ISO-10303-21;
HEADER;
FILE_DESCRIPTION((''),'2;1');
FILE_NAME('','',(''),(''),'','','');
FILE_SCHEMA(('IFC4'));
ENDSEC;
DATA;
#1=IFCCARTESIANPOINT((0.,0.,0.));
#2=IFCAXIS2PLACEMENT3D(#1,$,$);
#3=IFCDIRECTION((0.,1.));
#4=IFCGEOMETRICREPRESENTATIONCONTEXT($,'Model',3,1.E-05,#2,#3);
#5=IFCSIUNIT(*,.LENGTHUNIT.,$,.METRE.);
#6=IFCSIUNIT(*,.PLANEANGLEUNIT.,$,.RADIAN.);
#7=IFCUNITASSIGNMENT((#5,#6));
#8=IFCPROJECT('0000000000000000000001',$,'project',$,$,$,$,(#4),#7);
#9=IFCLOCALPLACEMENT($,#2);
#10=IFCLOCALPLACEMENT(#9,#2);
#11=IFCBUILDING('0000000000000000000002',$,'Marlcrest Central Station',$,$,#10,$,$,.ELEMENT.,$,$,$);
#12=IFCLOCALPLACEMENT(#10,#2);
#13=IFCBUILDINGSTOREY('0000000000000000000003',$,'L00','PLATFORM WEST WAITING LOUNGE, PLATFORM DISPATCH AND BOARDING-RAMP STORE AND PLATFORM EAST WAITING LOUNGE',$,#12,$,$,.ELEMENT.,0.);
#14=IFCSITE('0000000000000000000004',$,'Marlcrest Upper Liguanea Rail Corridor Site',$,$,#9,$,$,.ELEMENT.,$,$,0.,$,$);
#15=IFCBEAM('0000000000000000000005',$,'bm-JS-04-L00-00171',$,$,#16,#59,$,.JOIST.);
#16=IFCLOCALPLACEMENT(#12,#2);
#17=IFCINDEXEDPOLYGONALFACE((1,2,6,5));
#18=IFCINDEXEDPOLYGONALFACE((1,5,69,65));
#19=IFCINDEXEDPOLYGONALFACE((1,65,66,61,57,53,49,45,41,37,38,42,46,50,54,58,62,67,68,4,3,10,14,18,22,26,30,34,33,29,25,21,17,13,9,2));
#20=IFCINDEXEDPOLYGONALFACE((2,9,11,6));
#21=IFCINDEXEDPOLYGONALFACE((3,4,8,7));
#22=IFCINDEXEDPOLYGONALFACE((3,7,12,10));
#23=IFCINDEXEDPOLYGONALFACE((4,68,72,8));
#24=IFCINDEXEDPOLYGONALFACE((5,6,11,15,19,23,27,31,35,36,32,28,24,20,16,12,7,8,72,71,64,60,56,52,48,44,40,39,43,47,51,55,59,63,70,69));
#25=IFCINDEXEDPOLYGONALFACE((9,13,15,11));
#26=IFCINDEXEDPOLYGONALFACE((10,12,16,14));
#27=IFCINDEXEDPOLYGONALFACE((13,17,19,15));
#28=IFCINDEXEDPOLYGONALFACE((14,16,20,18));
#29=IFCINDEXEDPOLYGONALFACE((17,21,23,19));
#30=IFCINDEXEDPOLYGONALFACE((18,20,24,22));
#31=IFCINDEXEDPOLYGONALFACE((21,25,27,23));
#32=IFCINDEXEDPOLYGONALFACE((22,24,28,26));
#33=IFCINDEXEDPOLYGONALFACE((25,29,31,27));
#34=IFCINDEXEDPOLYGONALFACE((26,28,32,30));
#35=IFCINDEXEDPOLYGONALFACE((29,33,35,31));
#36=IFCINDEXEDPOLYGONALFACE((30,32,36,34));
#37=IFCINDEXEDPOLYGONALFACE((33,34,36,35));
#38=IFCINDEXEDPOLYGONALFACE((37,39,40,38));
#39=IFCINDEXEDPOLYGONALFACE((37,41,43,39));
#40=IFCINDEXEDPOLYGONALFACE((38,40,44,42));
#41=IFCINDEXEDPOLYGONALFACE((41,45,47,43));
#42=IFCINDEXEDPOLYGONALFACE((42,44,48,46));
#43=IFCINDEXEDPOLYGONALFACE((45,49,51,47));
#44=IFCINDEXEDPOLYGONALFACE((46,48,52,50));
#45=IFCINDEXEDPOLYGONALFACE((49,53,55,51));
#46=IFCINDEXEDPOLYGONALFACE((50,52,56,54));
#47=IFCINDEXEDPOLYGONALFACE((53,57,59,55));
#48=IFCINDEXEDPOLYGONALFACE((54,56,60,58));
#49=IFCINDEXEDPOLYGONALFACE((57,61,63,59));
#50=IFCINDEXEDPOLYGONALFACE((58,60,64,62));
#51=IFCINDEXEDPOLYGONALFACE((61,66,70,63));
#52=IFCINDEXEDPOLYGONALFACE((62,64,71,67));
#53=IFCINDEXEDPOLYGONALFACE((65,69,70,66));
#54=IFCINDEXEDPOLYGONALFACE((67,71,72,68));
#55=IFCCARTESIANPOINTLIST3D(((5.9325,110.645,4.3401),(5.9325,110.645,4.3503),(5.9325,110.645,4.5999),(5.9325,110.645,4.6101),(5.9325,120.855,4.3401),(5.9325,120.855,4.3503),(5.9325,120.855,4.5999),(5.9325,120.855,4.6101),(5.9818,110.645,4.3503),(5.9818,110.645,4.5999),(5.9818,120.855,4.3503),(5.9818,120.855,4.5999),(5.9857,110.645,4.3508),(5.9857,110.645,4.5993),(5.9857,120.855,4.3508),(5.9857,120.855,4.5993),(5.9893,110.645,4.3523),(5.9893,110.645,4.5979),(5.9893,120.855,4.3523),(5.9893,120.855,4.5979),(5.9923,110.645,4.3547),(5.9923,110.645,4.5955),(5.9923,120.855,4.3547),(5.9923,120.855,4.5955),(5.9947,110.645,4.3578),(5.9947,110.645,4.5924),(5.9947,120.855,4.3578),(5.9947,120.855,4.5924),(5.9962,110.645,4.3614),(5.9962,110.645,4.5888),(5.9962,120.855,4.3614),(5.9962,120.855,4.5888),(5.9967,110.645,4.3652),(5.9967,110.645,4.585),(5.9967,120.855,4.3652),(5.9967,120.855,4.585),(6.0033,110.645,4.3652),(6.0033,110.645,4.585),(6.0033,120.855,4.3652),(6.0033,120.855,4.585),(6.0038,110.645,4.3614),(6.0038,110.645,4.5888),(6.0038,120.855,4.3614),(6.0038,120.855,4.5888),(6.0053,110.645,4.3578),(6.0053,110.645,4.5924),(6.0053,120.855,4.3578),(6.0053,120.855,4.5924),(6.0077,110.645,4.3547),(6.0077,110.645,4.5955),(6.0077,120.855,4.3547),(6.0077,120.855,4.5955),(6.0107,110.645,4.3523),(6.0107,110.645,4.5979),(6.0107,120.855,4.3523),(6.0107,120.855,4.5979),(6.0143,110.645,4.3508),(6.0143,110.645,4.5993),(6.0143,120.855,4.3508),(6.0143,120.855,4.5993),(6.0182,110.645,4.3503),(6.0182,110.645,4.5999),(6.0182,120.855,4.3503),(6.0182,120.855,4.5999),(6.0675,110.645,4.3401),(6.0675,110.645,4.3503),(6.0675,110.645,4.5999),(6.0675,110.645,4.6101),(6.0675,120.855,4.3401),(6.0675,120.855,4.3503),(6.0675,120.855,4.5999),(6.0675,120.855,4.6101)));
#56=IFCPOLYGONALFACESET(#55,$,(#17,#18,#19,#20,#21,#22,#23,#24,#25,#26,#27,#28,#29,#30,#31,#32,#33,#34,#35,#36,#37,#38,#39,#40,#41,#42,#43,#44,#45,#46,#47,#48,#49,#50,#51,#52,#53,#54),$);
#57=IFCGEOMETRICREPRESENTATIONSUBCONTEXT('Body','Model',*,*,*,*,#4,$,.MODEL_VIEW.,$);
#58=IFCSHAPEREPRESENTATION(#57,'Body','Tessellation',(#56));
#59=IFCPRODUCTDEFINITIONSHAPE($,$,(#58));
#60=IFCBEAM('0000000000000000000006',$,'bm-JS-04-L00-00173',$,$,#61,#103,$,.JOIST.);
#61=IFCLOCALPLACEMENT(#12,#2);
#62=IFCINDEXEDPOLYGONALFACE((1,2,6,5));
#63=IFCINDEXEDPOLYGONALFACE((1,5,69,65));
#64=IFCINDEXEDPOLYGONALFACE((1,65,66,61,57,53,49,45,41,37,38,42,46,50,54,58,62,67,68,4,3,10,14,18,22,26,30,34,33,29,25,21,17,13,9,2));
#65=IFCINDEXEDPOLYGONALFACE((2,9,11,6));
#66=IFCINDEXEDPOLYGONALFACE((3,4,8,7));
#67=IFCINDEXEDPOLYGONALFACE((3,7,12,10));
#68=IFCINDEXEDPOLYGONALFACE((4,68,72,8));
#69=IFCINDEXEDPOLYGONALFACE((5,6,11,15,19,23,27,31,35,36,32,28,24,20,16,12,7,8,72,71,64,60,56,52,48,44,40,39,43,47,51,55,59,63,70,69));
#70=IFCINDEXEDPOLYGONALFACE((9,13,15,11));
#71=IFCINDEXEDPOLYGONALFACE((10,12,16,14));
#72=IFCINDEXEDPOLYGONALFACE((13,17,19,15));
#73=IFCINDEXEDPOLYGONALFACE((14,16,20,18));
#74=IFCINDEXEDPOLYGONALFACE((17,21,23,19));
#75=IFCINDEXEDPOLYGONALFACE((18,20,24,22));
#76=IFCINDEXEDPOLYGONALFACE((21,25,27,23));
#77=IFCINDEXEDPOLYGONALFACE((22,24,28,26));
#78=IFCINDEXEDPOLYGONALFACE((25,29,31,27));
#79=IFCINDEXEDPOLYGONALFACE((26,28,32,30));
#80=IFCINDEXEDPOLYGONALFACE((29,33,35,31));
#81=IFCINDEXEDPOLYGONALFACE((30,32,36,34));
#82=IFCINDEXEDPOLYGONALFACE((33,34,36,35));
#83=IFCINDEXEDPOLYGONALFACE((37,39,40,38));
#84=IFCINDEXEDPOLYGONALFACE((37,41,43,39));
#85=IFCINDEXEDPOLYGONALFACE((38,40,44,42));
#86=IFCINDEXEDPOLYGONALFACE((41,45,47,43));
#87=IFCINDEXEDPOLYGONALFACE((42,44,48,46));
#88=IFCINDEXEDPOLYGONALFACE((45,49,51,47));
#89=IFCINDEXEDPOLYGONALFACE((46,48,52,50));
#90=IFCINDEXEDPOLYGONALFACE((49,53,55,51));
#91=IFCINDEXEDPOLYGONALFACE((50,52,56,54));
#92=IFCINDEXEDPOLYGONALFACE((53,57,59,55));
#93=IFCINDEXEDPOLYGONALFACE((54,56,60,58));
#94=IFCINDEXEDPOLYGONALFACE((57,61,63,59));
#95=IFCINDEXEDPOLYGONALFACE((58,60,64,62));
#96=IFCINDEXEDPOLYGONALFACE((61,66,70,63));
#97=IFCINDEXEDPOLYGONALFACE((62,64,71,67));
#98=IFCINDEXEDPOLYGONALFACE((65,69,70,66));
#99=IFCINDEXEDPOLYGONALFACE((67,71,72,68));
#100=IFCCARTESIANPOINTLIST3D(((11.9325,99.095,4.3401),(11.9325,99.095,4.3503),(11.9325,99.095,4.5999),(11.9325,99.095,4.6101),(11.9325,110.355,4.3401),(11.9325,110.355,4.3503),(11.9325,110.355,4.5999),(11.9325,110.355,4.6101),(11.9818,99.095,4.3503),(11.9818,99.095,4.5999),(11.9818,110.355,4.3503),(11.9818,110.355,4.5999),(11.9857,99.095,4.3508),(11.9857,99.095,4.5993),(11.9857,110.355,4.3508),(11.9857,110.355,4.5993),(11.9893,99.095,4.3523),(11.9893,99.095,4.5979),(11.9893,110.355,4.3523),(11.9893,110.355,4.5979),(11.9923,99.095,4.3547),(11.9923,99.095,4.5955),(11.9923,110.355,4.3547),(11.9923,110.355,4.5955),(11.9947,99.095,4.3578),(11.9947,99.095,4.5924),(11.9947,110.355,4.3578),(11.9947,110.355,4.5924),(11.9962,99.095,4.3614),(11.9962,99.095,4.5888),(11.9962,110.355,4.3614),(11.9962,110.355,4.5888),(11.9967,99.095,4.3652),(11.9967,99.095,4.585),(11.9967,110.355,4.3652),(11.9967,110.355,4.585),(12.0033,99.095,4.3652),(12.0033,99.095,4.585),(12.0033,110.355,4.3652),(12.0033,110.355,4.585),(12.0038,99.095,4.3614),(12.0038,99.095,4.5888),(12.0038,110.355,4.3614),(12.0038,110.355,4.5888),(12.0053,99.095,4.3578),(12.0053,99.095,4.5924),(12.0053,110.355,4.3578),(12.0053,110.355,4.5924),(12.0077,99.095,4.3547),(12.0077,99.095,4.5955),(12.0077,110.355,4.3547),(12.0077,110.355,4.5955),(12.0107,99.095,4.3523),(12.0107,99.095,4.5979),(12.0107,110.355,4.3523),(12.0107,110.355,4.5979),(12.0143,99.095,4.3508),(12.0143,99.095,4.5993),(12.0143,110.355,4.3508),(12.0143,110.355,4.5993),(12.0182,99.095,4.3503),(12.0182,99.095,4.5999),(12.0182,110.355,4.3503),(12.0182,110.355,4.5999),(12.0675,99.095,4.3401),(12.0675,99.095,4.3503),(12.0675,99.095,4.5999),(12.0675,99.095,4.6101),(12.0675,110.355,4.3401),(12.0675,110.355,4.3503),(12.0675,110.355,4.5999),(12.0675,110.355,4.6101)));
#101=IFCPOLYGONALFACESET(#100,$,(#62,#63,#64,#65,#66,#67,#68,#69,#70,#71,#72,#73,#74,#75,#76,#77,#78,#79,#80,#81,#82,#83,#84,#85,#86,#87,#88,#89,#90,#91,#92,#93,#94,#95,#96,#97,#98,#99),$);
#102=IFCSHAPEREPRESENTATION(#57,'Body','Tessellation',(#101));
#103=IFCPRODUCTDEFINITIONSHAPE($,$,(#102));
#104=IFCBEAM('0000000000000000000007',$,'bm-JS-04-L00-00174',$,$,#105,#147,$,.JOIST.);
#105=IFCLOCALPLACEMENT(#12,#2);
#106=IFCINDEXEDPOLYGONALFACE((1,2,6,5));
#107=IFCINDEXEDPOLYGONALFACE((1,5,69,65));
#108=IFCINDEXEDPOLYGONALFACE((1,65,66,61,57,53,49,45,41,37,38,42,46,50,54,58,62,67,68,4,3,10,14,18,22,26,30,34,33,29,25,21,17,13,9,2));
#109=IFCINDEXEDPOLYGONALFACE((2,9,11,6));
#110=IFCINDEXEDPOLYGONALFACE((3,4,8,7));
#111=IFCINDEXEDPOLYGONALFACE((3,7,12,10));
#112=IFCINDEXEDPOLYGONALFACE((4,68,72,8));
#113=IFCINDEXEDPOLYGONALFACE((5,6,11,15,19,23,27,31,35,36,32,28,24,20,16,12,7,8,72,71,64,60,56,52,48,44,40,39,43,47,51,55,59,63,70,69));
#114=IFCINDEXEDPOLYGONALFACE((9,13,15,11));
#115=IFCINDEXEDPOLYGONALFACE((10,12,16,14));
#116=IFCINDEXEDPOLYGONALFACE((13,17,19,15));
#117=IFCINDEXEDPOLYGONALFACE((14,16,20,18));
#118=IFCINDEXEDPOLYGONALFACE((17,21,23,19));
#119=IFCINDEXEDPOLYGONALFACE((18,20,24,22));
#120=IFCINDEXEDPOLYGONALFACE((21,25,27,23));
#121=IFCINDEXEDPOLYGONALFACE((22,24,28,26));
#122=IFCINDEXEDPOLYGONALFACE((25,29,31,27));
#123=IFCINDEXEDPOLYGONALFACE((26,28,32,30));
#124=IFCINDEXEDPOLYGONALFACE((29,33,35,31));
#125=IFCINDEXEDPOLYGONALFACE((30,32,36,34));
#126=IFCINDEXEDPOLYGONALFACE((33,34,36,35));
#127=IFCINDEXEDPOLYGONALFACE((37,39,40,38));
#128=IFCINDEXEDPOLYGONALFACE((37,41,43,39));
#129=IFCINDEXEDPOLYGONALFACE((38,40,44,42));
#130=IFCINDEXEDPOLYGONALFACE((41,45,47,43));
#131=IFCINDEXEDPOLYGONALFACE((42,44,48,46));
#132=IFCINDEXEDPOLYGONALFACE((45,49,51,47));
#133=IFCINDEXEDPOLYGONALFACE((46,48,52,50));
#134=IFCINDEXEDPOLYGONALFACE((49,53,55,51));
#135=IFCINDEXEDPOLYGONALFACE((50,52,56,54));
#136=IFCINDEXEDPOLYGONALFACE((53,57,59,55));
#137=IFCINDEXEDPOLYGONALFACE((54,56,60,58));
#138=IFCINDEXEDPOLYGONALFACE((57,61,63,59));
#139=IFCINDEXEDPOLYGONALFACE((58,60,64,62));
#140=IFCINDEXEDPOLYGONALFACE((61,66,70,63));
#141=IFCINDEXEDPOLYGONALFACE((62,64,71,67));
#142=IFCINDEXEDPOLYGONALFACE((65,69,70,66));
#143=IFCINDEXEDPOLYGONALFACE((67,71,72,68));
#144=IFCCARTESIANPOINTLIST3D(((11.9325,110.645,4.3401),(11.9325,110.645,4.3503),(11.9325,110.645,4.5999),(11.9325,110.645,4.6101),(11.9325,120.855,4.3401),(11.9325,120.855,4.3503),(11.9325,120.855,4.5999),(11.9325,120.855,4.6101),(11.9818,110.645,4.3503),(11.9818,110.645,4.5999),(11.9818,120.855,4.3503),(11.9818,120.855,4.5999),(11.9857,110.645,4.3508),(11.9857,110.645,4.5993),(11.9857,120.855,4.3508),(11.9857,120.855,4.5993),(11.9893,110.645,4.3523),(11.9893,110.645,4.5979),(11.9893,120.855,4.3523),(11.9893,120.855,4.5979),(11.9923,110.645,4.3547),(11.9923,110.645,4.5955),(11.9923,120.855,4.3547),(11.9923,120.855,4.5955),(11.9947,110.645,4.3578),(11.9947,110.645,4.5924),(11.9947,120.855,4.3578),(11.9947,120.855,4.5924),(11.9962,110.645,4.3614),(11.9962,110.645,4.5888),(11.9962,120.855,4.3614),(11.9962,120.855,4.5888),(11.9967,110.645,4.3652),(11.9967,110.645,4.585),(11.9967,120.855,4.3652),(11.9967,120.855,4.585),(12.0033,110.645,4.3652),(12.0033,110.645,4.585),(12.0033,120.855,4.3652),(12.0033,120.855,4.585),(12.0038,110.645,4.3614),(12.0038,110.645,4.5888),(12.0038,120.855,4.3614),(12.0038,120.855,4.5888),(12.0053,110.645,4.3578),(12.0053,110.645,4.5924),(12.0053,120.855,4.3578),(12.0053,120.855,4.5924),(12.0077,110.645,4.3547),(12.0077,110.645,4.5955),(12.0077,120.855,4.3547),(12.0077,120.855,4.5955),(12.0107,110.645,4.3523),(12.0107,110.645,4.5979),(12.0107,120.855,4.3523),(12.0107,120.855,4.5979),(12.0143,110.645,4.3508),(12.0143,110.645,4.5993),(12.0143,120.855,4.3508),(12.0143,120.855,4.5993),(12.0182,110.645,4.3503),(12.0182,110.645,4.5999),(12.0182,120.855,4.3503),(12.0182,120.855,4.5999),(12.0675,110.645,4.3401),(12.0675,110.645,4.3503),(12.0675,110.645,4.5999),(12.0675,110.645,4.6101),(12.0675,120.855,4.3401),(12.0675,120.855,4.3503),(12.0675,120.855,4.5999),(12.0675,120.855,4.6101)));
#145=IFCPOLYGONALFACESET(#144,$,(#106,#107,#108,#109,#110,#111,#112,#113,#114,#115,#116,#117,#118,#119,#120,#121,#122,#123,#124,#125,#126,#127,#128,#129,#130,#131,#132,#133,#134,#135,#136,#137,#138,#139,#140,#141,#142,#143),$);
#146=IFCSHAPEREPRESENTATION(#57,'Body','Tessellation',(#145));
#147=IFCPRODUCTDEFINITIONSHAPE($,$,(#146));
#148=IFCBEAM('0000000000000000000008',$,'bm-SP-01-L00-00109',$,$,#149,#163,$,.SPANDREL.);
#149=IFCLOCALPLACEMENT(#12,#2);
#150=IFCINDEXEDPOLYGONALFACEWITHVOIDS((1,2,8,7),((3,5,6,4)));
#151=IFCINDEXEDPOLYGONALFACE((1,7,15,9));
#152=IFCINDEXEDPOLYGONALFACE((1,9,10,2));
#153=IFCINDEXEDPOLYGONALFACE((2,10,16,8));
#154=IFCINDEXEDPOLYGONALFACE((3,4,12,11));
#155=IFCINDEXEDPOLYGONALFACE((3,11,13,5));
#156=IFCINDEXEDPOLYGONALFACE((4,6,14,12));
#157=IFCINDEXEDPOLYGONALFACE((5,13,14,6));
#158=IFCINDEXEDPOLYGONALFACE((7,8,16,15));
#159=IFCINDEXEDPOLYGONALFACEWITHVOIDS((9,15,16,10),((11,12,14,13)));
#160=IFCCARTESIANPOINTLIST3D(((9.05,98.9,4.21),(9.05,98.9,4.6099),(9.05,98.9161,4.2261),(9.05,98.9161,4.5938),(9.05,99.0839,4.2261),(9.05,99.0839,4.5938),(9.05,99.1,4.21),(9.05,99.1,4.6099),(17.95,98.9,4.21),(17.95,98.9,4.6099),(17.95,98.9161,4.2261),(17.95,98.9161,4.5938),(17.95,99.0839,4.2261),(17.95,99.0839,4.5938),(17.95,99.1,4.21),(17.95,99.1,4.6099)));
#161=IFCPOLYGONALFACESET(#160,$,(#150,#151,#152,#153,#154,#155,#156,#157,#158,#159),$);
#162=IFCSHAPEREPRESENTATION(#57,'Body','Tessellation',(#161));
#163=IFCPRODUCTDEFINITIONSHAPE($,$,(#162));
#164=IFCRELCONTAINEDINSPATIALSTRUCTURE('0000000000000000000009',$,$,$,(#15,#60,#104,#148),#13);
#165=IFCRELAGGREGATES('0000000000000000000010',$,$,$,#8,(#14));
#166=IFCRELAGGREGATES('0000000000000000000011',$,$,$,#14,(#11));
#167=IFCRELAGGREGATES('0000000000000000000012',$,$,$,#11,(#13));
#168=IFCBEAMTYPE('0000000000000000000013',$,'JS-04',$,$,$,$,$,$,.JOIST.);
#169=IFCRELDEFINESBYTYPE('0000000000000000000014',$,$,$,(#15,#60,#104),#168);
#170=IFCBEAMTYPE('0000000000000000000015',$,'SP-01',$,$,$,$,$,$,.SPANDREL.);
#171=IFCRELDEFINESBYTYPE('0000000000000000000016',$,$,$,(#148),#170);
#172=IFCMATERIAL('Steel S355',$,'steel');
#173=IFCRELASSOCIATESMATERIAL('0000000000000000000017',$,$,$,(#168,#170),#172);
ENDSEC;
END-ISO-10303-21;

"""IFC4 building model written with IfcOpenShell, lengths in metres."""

from ifc_helpers import new_model, si_unit, direction, frame, origin, origin_2d, place, context, subcontext, project, spatial, hollow_rectangle, i_section, extrude, material, material_profile, profile_set, type_object, element, save


model = new_model("IFC4")

# Units and contexts
model_context = context("Model", 3, precision=1e-05, world=origin(), true_north=direction((0.0, 1.0)))
body_context = subcontext(model_context, "Body", "Model", "MODEL_VIEW")
ifc_project = project(units=[si_unit("LENGTHUNIT", "METRE"), si_unit("PLANEANGLEUNIT", "RADIAN")], contexts=[model_context])

# Site, building, storey
site_placement = place(None, origin())
site = spatial("IfcSite", under=ifc_project, at=site_placement, Name="Marlcrest Upper Liguanea Rail Corridor Site", CompositionType="ELEMENT", RefElevation=0.0)
building_placement = place(site_placement, origin())
building = spatial("IfcBuilding", under=site, at=building_placement, Name="Marlcrest Central Station", CompositionType="ELEMENT")
storey_placement = place(building_placement, origin())
storey = spatial("IfcBuildingStorey", under=building, at=storey_placement, Name="L00", Description="PLATFORM WEST WAITING LOUNGE, PLATFORM DISPATCH AND BOARDING-RAMP STORE AND PLATFORM EAST WAITING LOUNGE", CompositionType="ELEMENT", Elevation=0.0)

# Shared definitions
ifc_material_1 = material(Name="Steel S355", Category="steel")

# Beams
ifc_material_profile_1 = material_profile(ifc_material_1, i_section(OverallWidth=0.135, OverallDepth=0.27, WebThickness=0.0066, FlangeThickness=0.0103, FilletRadius=0.0149, at=origin_2d()), Name="IPE 270")
ifc_profile_set_1 = profile_set([ifc_material_profile_1], Name="Steel S355")
beam_type_1 = type_object("IfcBeamType", Name="JS-04", PredefinedType="JOIST", material=ifc_profile_set_1)
beam_1_placement = place(storey_placement, frame((6.0, 110.645, 4.4751), z_axis=(0.0, 1.0, 0.0), x_axis=(-1.0, 0.0, 0.0)))
element("IfcBeam", 1, at=beam_1_placement, inside=storey, type_object=beam_type_1, Name="bm-JS-04-L00-00171", PredefinedType="JOIST", context=body_context, shape_type="SweptSolid", body=[
    extrude(i_section(OverallWidth=0.135, OverallDepth=0.27, WebThickness=0.0066, FlangeThickness=0.0103, FilletRadius=0.0149, at=origin_2d()), origin(), (0.0, 0.0, 1.0), 10.21),
])
beam_2_placement = place(storey_placement, frame((12.0, 99.095, 4.4751), z_axis=(0.0, 1.0, 0.0), x_axis=(-1.0, 0.0, 0.0)))
element("IfcBeam", 2, at=beam_2_placement, inside=storey, type_object=beam_type_1, Name="bm-JS-04-L00-00173", PredefinedType="JOIST", context=body_context, shape_type="SweptSolid", body=[
    extrude(i_section(OverallWidth=0.135, OverallDepth=0.27, WebThickness=0.0066, FlangeThickness=0.0103, FilletRadius=0.0149, at=origin_2d()), origin(), (0.0, 0.0, 1.0), 11.26),
])
beam_3_placement = place(storey_placement, frame((12.0, 110.645, 4.4751), z_axis=(0.0, 1.0, 0.0), x_axis=(-1.0, 0.0, 0.0)))
element("IfcBeam", 3, at=beam_3_placement, inside=storey, type_object=beam_type_1, Name="bm-JS-04-L00-00174", PredefinedType="JOIST", context=body_context, shape_type="SweptSolid", body=[
    extrude(i_section(OverallWidth=0.135, OverallDepth=0.27, WebThickness=0.0066, FlangeThickness=0.0103, FilletRadius=0.0149, at=origin_2d()), origin(), (0.0, 0.0, 1.0), 10.21),
])
ifc_material_profile_2 = material_profile(ifc_material_1, hollow_rectangle(XDim=0.2, YDim=0.3999, WallThickness=0.0161, at=origin_2d()), Name="RHS 400x200x16")
ifc_profile_set_2 = profile_set([ifc_material_profile_2], Name="Steel S355")
beam_type_2 = type_object("IfcBeamType", Name="SP-01", PredefinedType="SPANDREL", material=ifc_profile_set_2)
beam_4_placement = place(storey_placement, frame((9.05, 99.0, 4.4099), z_axis=(1.0, 0.0, 0.0), x_axis=(0.0, 1.0, 0.0)))
element("IfcBeam", 4, at=beam_4_placement, inside=storey, type_object=beam_type_2, Name="bm-SP-01-L00-00109", PredefinedType="SPANDREL", context=body_context, shape_type="SweptSolid", body=[
    extrude(hollow_rectangle(XDim=0.2, YDim=0.3999, WallThickness=0.0161, at=origin_2d()), origin(), (0.0, 0.0, 1.0), 8.8999),
])

save(model, "model.ifc")
